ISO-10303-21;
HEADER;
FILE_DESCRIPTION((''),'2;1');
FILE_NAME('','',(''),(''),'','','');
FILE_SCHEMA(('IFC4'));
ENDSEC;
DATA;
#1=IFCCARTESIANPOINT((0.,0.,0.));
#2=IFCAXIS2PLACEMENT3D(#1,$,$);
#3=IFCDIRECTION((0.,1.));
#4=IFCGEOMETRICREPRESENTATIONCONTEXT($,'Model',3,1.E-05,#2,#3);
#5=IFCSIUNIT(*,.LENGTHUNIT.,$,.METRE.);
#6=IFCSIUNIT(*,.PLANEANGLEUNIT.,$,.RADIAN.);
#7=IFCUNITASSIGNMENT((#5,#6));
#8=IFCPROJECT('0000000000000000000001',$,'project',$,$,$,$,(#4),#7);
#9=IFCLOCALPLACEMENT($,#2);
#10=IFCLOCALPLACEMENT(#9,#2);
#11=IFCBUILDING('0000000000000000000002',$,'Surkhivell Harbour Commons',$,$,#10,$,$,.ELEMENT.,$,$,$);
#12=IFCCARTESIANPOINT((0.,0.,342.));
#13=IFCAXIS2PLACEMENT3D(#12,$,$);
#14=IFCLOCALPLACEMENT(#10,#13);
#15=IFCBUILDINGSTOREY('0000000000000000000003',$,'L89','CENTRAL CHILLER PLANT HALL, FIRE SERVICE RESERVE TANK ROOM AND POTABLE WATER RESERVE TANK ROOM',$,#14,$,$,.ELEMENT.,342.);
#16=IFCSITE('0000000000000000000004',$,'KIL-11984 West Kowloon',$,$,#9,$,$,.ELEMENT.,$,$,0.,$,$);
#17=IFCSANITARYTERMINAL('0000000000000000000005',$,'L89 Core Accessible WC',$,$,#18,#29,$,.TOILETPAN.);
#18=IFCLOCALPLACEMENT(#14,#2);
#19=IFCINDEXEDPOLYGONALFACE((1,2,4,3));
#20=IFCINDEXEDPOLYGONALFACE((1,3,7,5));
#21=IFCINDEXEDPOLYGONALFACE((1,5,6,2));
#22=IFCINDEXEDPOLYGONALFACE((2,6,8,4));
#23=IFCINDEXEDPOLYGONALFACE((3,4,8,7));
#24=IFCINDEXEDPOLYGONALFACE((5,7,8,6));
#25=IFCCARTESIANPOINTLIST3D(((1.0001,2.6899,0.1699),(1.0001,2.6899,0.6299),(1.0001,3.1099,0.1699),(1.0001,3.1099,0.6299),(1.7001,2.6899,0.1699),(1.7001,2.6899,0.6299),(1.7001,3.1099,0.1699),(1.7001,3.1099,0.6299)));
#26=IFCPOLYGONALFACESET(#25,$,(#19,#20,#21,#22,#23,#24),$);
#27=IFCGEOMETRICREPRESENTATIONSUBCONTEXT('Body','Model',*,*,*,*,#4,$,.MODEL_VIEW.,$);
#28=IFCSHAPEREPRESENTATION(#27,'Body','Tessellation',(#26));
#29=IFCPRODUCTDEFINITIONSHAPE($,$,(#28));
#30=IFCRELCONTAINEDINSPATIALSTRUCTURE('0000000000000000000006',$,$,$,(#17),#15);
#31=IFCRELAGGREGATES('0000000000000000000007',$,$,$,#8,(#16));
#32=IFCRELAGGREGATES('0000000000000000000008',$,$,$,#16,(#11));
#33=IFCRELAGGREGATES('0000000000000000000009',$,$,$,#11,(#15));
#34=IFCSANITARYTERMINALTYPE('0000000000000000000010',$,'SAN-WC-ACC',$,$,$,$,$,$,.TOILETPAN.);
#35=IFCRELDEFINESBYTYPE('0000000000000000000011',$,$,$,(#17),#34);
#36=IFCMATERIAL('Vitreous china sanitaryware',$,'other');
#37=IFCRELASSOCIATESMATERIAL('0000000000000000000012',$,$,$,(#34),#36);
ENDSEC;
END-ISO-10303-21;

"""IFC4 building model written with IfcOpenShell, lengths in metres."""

from ifc_helpers import new_model, si_unit, direction, frame, origin, origin_2d, place, context, subcontext, project, spatial, rectangle, extrude, material, type_object, element, save


model = new_model("IFC4")

# Units and contexts
model_context = context("Model", 3, precision=1e-05, world=origin(), true_north=direction((0.0, 1.0)))
body_context = subcontext(model_context, "Body", "Model", "MODEL_VIEW")
ifc_project = project(units=[si_unit("LENGTHUNIT", "METRE"), si_unit("PLANEANGLEUNIT", "RADIAN")], contexts=[model_context])

# Site, building, storey
site_placement = place(None, origin())
site = spatial("IfcSite", under=ifc_project, at=site_placement, Name="KIL-11984 West Kowloon", CompositionType="ELEMENT", RefElevation=0.0)
building_placement = place(site_placement, origin())
building = spatial("IfcBuilding", under=site, at=building_placement, Name="Surkhivell Harbour Commons", CompositionType="ELEMENT")
storey_placement = place(building_placement, frame((0.0, 0.0, 342.0)))
storey = spatial("IfcBuildingStorey", under=building, at=storey_placement, Name="L89", Description="CENTRAL CHILLER PLANT HALL, FIRE SERVICE RESERVE TANK ROOM AND POTABLE WATER RESERVE TANK ROOM", CompositionType="ELEMENT", Elevation=342.0)

# Sanitary terminal
ifc_material_1 = material(Name="Vitreous china sanitaryware", Category="other")
sanitary_terminal_type_1 = type_object("IfcSanitaryTerminalType", Name="SAN-WC-ACC", PredefinedType="TOILETPAN", material=ifc_material_1)
sanitary_terminal_1_placement = place(storey_placement, frame((1.3501, 2.8999, 0.1699), z_axis=(0.0, 0.0, 1.0), x_axis=(1.0, 0.0, 0.0)))
element("IfcSanitaryTerminal", 1, at=sanitary_terminal_1_placement, inside=storey, type_object=sanitary_terminal_type_1, Name="L89 Core Accessible WC", PredefinedType="TOILETPAN", context=body_context, shape_type="SweptSolid", body=[
    extrude(rectangle(XDim=0.7, YDim=0.4199, at=origin_2d()), origin(), (0.0, 0.0, 1.0), 0.46),
])

save(model, "model.ifc")
